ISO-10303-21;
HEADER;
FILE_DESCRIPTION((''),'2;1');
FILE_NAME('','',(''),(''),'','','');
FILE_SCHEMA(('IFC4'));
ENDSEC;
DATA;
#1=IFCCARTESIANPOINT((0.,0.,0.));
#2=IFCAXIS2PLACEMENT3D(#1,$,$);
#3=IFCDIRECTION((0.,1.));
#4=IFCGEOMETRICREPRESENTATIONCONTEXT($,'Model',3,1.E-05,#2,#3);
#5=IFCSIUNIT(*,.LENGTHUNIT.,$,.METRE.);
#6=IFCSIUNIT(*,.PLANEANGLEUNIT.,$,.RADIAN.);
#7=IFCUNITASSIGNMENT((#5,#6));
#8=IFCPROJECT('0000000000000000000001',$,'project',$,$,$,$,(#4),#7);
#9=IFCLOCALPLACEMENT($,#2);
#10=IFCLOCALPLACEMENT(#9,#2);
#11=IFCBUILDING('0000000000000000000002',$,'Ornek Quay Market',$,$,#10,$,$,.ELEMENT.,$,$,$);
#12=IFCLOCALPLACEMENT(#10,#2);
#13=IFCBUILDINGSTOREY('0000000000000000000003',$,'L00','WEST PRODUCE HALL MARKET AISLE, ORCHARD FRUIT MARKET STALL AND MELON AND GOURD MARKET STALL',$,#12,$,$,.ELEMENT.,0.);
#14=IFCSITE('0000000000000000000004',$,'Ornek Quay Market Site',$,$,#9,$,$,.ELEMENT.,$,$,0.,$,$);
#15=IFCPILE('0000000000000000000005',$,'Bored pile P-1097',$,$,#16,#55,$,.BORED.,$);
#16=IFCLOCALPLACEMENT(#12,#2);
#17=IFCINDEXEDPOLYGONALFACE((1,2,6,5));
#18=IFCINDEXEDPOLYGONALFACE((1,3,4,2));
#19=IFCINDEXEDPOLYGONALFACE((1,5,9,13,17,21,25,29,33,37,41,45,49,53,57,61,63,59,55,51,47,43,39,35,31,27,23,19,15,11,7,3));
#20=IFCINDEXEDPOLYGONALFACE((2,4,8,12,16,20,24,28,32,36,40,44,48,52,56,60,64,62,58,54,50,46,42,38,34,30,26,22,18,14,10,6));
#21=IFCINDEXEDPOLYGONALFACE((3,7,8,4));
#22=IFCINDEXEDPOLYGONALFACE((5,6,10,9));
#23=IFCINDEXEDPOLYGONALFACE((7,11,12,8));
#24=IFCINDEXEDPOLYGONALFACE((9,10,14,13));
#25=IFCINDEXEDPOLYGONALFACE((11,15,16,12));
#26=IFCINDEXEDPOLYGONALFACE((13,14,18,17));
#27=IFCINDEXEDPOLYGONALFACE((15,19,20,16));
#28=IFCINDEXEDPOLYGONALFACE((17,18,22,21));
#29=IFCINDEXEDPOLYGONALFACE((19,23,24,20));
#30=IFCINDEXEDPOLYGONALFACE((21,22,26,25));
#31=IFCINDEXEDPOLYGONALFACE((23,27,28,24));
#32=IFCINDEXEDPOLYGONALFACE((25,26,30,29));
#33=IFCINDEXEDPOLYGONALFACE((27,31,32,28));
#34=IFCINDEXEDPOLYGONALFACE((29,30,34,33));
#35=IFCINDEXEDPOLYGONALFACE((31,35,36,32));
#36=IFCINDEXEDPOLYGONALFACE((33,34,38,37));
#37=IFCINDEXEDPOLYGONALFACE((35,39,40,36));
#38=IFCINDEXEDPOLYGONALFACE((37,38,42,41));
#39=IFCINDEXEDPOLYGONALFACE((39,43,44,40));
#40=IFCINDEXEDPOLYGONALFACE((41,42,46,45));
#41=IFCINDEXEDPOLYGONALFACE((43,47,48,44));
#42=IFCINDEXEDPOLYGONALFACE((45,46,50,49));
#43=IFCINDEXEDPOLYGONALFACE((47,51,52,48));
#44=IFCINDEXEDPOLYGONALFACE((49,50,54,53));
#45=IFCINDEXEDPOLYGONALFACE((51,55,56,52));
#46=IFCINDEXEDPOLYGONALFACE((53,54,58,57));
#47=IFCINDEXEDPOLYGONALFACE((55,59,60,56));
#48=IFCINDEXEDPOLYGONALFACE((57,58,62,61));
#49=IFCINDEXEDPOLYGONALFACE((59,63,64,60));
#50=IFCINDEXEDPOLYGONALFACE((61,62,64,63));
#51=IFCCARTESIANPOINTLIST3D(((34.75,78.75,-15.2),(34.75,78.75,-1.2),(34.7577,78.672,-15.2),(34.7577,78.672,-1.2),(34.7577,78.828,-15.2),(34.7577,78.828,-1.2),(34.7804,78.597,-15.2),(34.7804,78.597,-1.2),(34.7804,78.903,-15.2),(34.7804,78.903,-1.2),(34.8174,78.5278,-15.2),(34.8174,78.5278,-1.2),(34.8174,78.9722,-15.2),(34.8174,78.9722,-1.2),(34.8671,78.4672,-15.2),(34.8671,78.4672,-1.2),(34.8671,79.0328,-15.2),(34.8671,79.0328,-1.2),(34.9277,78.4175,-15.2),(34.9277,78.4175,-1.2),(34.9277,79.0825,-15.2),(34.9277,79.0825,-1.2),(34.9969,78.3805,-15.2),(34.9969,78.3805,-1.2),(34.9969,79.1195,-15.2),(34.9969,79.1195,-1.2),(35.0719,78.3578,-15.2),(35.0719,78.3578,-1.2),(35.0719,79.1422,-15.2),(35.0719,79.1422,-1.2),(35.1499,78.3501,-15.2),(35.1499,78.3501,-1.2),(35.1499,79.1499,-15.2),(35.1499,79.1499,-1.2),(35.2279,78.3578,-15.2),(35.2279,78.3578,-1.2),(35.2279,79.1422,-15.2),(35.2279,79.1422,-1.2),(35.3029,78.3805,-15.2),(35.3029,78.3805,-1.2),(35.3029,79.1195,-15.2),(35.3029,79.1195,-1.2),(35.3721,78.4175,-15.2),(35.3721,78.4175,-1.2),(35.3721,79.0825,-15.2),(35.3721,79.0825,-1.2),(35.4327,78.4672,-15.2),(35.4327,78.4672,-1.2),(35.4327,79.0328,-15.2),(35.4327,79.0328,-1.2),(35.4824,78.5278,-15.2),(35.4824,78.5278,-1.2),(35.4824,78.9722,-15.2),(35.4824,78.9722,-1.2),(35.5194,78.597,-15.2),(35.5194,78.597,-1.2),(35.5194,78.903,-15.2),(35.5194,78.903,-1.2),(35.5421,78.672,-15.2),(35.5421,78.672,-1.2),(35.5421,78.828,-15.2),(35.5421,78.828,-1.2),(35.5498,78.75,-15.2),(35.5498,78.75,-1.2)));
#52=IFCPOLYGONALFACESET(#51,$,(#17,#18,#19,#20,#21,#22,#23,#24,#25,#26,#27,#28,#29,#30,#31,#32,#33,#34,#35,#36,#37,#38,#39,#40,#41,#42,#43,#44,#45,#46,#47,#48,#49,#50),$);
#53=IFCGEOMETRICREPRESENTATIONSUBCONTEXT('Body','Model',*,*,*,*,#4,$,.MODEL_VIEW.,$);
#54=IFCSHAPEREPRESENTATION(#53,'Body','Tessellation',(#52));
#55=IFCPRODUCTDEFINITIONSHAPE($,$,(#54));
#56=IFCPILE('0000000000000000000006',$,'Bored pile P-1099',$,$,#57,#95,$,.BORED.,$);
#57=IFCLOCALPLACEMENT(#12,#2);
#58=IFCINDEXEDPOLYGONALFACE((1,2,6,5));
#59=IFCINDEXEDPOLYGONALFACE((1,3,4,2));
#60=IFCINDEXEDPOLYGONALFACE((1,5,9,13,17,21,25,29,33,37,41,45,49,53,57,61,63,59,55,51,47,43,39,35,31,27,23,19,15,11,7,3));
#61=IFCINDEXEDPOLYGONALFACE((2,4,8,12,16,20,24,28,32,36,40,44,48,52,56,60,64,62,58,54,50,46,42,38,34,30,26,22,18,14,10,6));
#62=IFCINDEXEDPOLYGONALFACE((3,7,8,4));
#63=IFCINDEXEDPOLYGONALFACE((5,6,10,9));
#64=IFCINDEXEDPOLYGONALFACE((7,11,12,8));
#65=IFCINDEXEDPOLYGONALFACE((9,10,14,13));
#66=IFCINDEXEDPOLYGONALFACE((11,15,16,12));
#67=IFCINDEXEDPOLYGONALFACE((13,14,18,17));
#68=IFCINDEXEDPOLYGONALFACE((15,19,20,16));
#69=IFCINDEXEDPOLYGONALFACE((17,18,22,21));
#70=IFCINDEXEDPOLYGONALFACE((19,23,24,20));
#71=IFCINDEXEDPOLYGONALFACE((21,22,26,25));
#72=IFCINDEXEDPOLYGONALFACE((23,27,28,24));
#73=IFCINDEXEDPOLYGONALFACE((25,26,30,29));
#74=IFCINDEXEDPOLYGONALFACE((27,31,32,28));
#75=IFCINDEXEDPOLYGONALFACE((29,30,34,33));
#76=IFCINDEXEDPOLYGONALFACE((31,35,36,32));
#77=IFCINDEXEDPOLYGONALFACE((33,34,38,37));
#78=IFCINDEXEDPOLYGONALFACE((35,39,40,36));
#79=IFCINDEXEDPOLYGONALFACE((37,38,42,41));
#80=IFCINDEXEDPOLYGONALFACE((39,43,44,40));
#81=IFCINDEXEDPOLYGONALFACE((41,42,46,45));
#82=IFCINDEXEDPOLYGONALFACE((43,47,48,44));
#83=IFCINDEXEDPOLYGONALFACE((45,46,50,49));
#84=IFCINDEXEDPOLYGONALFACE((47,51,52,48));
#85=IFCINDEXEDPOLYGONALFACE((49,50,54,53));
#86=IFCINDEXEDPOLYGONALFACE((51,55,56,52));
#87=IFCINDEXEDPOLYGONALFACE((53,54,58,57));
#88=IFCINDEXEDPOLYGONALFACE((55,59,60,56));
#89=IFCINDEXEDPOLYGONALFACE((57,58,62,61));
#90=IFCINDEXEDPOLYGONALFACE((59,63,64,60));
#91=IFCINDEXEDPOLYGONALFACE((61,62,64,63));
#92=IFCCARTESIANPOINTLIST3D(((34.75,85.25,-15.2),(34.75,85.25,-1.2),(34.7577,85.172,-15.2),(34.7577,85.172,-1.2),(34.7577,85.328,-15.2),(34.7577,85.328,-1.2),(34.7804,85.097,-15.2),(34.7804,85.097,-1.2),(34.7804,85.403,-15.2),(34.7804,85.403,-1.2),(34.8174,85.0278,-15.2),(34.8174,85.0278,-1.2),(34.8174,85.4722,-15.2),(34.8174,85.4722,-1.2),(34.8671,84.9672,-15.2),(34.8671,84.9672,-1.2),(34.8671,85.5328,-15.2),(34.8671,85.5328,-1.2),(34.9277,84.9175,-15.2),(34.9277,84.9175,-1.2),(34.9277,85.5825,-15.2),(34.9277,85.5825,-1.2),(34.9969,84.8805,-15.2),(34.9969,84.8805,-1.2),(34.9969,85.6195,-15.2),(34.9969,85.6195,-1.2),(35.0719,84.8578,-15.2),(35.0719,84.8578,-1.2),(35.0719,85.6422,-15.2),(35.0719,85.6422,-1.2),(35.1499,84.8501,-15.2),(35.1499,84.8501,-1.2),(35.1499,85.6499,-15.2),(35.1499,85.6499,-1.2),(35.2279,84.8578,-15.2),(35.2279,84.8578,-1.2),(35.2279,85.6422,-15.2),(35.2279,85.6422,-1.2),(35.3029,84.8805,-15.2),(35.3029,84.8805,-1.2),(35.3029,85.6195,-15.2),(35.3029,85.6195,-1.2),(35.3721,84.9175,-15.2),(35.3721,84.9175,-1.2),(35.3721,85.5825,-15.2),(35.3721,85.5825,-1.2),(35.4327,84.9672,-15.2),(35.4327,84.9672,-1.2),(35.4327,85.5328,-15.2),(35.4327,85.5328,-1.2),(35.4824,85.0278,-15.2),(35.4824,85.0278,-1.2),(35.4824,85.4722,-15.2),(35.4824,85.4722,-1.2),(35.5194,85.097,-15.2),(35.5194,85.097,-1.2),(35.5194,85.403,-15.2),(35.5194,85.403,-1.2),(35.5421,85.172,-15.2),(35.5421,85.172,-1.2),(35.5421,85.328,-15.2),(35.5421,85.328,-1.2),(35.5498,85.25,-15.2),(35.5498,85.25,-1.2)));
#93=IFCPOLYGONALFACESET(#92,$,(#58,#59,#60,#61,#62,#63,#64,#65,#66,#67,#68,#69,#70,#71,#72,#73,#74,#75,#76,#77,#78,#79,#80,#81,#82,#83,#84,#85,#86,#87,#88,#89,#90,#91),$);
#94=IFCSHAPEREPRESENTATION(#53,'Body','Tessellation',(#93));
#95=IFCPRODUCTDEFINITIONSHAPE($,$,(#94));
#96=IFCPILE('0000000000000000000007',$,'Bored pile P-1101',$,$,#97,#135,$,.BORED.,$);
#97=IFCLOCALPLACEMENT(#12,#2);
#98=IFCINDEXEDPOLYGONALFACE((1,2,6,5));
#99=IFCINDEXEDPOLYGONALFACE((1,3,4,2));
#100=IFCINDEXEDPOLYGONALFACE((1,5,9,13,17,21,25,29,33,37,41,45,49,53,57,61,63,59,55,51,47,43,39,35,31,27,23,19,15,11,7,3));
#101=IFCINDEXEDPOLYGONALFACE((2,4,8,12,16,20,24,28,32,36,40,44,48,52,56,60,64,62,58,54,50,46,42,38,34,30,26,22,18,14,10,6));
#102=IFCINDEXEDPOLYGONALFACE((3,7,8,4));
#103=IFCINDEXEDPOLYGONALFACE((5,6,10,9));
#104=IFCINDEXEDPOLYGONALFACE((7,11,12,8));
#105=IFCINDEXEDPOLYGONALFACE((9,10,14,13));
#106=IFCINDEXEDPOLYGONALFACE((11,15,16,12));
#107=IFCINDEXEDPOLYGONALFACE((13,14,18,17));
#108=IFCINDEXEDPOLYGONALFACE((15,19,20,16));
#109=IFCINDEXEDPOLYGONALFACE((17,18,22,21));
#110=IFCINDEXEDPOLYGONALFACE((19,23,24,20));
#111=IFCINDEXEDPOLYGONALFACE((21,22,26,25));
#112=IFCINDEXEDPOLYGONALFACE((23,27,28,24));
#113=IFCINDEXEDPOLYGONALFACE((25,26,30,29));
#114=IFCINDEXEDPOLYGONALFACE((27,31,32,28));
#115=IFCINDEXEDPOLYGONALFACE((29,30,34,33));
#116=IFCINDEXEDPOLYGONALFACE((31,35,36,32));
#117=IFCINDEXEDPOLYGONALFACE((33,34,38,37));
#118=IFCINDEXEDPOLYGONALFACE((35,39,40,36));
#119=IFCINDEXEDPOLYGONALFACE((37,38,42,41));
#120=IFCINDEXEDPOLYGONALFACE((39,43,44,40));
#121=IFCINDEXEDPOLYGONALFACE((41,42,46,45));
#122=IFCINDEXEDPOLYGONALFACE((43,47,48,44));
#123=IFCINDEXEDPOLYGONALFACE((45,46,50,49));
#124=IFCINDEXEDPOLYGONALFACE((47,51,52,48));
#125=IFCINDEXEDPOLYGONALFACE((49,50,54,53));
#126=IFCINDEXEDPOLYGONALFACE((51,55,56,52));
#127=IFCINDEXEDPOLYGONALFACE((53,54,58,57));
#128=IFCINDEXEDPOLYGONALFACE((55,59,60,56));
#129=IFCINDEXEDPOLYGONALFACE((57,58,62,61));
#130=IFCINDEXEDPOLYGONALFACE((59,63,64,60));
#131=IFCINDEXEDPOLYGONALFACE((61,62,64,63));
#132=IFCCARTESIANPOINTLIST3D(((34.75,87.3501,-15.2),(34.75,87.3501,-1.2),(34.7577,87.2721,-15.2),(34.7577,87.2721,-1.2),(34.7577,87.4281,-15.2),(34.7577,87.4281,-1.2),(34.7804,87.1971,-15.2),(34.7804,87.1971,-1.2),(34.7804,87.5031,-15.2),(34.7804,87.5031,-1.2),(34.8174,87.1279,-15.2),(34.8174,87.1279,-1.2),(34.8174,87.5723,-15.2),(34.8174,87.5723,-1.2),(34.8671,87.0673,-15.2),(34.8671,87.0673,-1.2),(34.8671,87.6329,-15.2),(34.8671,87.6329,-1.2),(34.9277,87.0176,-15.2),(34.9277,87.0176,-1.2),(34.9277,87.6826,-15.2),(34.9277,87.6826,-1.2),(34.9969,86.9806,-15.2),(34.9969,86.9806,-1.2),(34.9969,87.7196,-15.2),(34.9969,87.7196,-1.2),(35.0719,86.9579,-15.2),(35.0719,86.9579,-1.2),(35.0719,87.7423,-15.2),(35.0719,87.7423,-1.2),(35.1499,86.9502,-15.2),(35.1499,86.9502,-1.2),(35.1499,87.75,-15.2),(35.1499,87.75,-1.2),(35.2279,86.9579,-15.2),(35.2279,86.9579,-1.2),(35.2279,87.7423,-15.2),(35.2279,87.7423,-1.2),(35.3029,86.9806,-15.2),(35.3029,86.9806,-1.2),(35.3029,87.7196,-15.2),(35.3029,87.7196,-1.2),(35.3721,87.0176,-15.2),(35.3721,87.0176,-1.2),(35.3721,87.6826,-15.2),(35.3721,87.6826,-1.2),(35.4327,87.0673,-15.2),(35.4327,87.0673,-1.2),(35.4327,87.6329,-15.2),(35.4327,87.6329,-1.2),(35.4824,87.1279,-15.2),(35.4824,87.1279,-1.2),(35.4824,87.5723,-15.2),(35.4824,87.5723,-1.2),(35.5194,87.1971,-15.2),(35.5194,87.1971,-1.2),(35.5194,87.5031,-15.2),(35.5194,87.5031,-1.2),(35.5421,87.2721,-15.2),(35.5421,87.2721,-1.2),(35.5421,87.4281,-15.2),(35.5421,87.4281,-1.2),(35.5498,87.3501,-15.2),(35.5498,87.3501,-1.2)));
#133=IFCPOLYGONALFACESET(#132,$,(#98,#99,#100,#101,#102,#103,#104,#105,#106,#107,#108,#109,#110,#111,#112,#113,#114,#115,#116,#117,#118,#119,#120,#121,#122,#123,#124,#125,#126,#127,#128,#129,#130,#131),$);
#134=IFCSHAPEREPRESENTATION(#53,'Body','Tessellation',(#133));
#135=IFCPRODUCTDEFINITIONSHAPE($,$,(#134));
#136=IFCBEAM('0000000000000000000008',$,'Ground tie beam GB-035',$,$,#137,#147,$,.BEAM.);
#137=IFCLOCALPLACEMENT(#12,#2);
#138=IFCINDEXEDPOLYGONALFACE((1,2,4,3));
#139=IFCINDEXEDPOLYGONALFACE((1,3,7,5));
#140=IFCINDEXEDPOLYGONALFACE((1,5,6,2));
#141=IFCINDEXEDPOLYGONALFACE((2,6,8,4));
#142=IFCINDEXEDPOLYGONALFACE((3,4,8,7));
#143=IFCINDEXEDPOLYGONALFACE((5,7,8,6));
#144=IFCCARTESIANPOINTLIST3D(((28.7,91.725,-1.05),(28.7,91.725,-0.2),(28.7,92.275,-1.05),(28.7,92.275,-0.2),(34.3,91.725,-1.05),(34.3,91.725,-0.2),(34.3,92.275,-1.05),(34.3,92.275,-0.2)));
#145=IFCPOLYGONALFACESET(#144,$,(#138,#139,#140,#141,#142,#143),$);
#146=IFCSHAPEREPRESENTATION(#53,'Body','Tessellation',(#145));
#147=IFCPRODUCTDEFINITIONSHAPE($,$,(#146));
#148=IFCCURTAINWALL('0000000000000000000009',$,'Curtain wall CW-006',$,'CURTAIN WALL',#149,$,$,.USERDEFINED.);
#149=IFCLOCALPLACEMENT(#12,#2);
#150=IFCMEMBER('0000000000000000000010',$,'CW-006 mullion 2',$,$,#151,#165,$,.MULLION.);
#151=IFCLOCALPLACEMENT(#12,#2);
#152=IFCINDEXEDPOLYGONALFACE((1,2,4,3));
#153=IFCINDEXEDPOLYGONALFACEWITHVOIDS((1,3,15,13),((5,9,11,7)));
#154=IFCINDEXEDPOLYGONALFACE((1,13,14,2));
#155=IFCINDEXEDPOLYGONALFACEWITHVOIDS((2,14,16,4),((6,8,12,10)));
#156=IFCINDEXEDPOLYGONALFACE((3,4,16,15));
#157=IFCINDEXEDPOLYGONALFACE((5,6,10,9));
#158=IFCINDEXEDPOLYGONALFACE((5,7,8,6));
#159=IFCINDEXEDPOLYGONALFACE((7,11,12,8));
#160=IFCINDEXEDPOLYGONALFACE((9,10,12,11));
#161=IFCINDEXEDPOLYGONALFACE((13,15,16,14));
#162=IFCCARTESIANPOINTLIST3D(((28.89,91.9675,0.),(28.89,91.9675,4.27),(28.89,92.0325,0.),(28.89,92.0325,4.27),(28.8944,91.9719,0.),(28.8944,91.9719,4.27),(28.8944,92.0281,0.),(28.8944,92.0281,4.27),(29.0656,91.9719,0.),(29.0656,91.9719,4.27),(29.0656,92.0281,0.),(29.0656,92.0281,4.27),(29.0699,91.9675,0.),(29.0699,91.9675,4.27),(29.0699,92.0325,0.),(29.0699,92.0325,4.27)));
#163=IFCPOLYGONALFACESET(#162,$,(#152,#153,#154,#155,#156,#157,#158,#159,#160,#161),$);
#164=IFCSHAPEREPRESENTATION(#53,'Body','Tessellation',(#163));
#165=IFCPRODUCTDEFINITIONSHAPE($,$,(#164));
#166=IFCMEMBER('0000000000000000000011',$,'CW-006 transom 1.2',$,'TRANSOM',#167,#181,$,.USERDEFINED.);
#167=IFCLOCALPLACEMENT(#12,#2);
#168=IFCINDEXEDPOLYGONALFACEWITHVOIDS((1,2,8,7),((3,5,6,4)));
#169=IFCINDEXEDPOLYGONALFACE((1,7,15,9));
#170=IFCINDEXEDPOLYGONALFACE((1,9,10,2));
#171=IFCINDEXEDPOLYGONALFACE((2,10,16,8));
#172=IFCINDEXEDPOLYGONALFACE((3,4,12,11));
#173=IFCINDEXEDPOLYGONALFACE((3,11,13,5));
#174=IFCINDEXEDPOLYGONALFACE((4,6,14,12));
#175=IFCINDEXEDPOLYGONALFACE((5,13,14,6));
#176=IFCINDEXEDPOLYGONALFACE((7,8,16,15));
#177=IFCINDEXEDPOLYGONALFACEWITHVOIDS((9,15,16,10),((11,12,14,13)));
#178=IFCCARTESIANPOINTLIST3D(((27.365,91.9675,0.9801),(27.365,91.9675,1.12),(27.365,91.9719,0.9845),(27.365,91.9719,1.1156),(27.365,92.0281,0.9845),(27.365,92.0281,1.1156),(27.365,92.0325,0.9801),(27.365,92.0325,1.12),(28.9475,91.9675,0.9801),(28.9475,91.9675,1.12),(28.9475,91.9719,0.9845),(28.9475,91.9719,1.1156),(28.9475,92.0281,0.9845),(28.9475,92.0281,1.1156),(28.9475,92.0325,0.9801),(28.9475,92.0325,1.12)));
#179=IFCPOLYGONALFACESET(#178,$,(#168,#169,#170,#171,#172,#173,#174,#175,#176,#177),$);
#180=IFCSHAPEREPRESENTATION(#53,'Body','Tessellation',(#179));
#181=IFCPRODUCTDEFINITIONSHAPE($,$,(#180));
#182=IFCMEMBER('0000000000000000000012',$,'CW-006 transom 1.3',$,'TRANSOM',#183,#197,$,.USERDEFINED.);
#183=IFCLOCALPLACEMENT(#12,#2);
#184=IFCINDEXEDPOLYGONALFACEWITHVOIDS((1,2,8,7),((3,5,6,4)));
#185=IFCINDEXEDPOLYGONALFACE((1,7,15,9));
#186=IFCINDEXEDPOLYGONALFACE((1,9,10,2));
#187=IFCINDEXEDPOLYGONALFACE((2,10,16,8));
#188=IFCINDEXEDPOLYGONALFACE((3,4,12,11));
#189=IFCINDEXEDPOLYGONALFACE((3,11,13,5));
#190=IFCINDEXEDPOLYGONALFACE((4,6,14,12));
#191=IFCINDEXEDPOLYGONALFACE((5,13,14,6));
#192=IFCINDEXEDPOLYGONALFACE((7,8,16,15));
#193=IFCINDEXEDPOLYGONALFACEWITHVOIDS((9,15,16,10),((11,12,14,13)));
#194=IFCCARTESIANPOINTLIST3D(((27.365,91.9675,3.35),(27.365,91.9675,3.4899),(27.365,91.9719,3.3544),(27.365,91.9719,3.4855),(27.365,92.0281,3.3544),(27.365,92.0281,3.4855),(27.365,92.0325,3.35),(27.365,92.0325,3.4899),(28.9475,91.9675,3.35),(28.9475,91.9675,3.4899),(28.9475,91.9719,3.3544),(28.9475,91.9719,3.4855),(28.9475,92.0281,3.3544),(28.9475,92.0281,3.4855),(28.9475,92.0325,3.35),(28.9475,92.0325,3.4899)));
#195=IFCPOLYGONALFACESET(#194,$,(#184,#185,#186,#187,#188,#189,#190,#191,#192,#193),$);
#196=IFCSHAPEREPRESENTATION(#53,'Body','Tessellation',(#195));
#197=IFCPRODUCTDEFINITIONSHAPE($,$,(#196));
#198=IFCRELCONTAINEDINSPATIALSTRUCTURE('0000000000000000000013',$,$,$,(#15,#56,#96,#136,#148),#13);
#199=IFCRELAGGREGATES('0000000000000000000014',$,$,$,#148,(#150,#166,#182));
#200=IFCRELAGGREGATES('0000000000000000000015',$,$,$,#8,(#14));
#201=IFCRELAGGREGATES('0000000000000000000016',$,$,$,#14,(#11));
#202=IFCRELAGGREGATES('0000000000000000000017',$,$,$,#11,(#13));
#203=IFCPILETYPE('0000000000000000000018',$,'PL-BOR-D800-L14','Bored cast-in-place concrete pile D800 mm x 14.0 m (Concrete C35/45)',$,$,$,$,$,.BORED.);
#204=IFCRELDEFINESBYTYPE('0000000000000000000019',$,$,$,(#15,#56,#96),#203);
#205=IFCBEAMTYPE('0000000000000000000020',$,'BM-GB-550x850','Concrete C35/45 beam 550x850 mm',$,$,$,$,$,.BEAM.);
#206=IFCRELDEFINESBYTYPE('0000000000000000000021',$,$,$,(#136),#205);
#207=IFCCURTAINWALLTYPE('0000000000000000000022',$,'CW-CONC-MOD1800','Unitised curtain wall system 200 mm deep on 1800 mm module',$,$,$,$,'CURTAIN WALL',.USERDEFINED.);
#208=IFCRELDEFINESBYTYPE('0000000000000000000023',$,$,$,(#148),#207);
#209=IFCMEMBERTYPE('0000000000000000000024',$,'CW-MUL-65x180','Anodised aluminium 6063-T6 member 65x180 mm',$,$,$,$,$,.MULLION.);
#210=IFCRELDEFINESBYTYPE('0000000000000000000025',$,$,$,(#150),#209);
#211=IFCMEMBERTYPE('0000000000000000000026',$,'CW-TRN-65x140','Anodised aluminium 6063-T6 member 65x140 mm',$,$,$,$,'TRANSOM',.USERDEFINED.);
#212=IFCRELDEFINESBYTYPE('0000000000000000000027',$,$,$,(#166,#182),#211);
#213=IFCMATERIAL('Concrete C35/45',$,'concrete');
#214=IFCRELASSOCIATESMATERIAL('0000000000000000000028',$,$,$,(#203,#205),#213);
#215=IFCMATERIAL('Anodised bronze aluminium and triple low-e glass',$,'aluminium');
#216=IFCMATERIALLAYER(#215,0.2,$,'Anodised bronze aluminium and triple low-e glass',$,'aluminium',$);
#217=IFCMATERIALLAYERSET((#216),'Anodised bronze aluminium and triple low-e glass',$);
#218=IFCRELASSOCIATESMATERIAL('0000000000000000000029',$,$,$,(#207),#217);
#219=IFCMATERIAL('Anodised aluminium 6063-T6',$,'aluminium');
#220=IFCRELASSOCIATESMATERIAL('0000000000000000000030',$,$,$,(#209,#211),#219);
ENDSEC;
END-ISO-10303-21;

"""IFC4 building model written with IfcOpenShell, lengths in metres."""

from ifc_helpers import new_model, si_unit, direction, frame, origin, origin_2d, place, context, subcontext, project, spatial, rectangle, hollow_rectangle, circle, extrude, material, layer, layer_set, material_profile, profile_set, type_object, element, aggregate, save


model = new_model("IFC4")

# Units and contexts
model_context = context("Model", 3, precision=1e-05, world=origin(), true_north=direction((0.0, 1.0)))
body_context = subcontext(model_context, "Body", "Model", "MODEL_VIEW")
ifc_project = project(units=[si_unit("LENGTHUNIT", "METRE"), si_unit("PLANEANGLEUNIT", "RADIAN")], contexts=[model_context])

# Site, building, storey
site_placement = place(None, origin())
site = spatial("IfcSite", under=ifc_project, at=site_placement, Name="Ornek Quay Market Site", CompositionType="ELEMENT", RefElevation=0.0)
building_placement = place(site_placement, origin())
building = spatial("IfcBuilding", under=site, at=building_placement, Name="Ornek Quay Market", CompositionType="ELEMENT")
storey_placement = place(building_placement, origin())
storey = spatial("IfcBuildingStorey", under=building, at=storey_placement, Name="L00", Description="WEST PRODUCE HALL MARKET AISLE, ORCHARD FRUIT MARKET STALL AND MELON AND GOURD MARKET STALL", CompositionType="ELEMENT", Elevation=0.0)

# Piles
ifc_material_1 = material(Name="Concrete C35/45", Category="concrete")
ifc_material_profile_1 = material_profile(ifc_material_1, circle(Radius=0.3999, at=origin_2d()), Name="PILE D800", Category="concrete")
ifc_profile_set_1 = profile_set([ifc_material_profile_1], Name="Concrete C35/45")
pile_type_1 = type_object("IfcPileType", Name="PL-BOR-D800-L14", Description="Bored cast-in-place concrete pile D800 mm x 14.0 m (Concrete C35/45)", PredefinedType="BORED", material=ifc_profile_set_1)
for number, where, z_axis, x_axis, name in (
    (1, (35.1499, 78.75, -1.2), (0.0, 0.0, -1.0), (1.0, 0.0, 0.0), "Bored pile P-1097"),
    (2, (35.1499, 85.25, -1.2), (0.0, 0.0, -1.0), (1.0, 0.0, 0.0), "Bored pile P-1099"),
    (3, (35.1499, 87.3501, -1.2), (0.0, 0.0, -1.0), (1.0, 0.0, 0.0), "Bored pile P-1101"),
):
    element("IfcPile", number, at=place(storey_placement, frame(where, z_axis=z_axis, x_axis=x_axis)), inside=storey, type_object=pile_type_1, Name=name, PredefinedType="BORED", context=body_context, shape_type="SweptSolid", body=[
        extrude(circle(Radius=0.3999, at=origin_2d()), origin(), (0.0, 0.0, 1.0), 14.0),
    ])

# Beam
ifc_material_profile_2 = material_profile(ifc_material_1, rectangle(XDim=0.55, YDim=0.8501, at=origin_2d()), Name="RC 550x850", Category="concrete")
ifc_profile_set_2 = profile_set([ifc_material_profile_2], Name="Concrete C35/45")
beam_type = type_object("IfcBeamType", Name="BM-GB-550x850", Description="Concrete C35/45 beam 550x850 mm", PredefinedType="BEAM", material=ifc_profile_set_2)
beam_placement = place(storey_placement, frame((28.7, 92.0, -0.625), z_axis=(1.0, 0.0, 0.0), x_axis=(0.0, 1.0, 0.0)))
element("IfcBeam", 4, at=beam_placement, inside=storey, type_object=beam_type, Name="Ground tie beam GB-035", PredefinedType="BEAM", context=body_context, shape_type="SweptSolid", body=[
    extrude(rectangle(XDim=0.55, YDim=0.8501, at=origin_2d()), origin(), (0.0, 0.0, 1.0), 5.6001),
])

# Curtain wall, members
ifc_material_2 = material(Name="Anodised bronze aluminium and triple low-e glass", Category="aluminium")
ifc_layer_1 = layer(ifc_material_2, 0.2, Name="Anodised bronze aluminium and triple low-e glass", Category="aluminium")
ifc_layer_set_1 = layer_set([ifc_layer_1], Name="Anodised bronze aluminium and triple low-e glass")
curtain_wall_type = type_object("IfcCurtainWallType", Name="CW-CONC-MOD1800", Description="Unitised curtain wall system 200 mm deep on 1800 mm module", ElementType="CURTAIN WALL", PredefinedType="USERDEFINED", material=ifc_layer_set_1)
curtain_wall_placement = place(storey_placement, origin())
curtain_wall = element("IfcCurtainWall", 5, at=curtain_wall_placement, inside=storey, type_object=curtain_wall_type, Name="Curtain wall CW-006", ObjectType="CURTAIN WALL", PredefinedType="USERDEFINED")
ifc_material_3 = material(Name="Anodised aluminium 6063-T6", Category="aluminium")
ifc_material_profile_3 = material_profile(ifc_material_3, hollow_rectangle(XDim=0.0649, YDim=0.1799, WallThickness=0.0044, at=origin_2d()), Name="CW-MUL-65x180", Category="aluminium")
ifc_profile_set_3 = profile_set([ifc_material_profile_3], Name="Anodised aluminium 6063-T6")
member_type_1 = type_object("IfcMemberType", Name="CW-MUL-65x180", Description="Anodised aluminium 6063-T6 member 65x180 mm", PredefinedType="MULLION", material=ifc_profile_set_3)
member_1_placement = place(storey_placement, frame((28.98, 92.0, 0.0), z_axis=(0.0, 0.0, 1.0), x_axis=(0.0, 1.0, 0.0)))
member_1 = element("IfcMember", 6, at=member_1_placement, type_object=member_type_1, Name="CW-006 mullion 2", PredefinedType="MULLION", context=body_context, shape_type="SweptSolid", body=[
    extrude(hollow_rectangle(XDim=0.0649, YDim=0.1799, WallThickness=0.0044, at=origin_2d()), origin(), (0.0, 0.0, 1.0), 4.27),
])
ifc_material_profile_4 = material_profile(ifc_material_3, hollow_rectangle(XDim=0.0649, YDim=0.1399, WallThickness=0.0044, at=origin_2d()), Name="CW-TRN-65x140", Category="aluminium")
ifc_profile_set_4 = profile_set([ifc_material_profile_4], Name="Anodised aluminium 6063-T6")
member_type_2 = type_object("IfcMemberType", Name="CW-TRN-65x140", Description="Anodised aluminium 6063-T6 member 65x140 mm", ElementType="TRANSOM", PredefinedType="USERDEFINED", material=ifc_profile_set_4)
member_2_placement = place(storey_placement, frame((27.365, 92.0, 1.05), z_axis=(1.0, 0.0, 0.0), x_axis=(0.0, 1.0, 0.0)))
member_2 = element("IfcMember", 7, at=member_2_placement, type_object=member_type_2, Name="CW-006 transom 1.2", ObjectType="TRANSOM", PredefinedType="USERDEFINED", context=body_context, shape_type="SweptSolid", body=[
    extrude(hollow_rectangle(XDim=0.0649, YDim=0.1399, WallThickness=0.0044, at=origin_2d()), origin(), (0.0, 0.0, 1.0), 1.5825),
])
member_3_placement = place(storey_placement, frame((27.365, 92.0, 3.4199), z_axis=(1.0, 0.0, 0.0), x_axis=(0.0, 1.0, 0.0)))
member_3 = element("IfcMember", 8, at=member_3_placement, type_object=member_type_2, Name="CW-006 transom 1.3", ObjectType="TRANSOM", PredefinedType="USERDEFINED", context=body_context, shape_type="SweptSolid", body=[
    extrude(hollow_rectangle(XDim=0.0649, YDim=0.1399, WallThickness=0.0044, at=origin_2d()), origin(), (0.0, 0.0, 1.0), 1.5825),
])
aggregate(curtain_wall, [member_1, member_2, member_3])

save(model, "model.ifc")
